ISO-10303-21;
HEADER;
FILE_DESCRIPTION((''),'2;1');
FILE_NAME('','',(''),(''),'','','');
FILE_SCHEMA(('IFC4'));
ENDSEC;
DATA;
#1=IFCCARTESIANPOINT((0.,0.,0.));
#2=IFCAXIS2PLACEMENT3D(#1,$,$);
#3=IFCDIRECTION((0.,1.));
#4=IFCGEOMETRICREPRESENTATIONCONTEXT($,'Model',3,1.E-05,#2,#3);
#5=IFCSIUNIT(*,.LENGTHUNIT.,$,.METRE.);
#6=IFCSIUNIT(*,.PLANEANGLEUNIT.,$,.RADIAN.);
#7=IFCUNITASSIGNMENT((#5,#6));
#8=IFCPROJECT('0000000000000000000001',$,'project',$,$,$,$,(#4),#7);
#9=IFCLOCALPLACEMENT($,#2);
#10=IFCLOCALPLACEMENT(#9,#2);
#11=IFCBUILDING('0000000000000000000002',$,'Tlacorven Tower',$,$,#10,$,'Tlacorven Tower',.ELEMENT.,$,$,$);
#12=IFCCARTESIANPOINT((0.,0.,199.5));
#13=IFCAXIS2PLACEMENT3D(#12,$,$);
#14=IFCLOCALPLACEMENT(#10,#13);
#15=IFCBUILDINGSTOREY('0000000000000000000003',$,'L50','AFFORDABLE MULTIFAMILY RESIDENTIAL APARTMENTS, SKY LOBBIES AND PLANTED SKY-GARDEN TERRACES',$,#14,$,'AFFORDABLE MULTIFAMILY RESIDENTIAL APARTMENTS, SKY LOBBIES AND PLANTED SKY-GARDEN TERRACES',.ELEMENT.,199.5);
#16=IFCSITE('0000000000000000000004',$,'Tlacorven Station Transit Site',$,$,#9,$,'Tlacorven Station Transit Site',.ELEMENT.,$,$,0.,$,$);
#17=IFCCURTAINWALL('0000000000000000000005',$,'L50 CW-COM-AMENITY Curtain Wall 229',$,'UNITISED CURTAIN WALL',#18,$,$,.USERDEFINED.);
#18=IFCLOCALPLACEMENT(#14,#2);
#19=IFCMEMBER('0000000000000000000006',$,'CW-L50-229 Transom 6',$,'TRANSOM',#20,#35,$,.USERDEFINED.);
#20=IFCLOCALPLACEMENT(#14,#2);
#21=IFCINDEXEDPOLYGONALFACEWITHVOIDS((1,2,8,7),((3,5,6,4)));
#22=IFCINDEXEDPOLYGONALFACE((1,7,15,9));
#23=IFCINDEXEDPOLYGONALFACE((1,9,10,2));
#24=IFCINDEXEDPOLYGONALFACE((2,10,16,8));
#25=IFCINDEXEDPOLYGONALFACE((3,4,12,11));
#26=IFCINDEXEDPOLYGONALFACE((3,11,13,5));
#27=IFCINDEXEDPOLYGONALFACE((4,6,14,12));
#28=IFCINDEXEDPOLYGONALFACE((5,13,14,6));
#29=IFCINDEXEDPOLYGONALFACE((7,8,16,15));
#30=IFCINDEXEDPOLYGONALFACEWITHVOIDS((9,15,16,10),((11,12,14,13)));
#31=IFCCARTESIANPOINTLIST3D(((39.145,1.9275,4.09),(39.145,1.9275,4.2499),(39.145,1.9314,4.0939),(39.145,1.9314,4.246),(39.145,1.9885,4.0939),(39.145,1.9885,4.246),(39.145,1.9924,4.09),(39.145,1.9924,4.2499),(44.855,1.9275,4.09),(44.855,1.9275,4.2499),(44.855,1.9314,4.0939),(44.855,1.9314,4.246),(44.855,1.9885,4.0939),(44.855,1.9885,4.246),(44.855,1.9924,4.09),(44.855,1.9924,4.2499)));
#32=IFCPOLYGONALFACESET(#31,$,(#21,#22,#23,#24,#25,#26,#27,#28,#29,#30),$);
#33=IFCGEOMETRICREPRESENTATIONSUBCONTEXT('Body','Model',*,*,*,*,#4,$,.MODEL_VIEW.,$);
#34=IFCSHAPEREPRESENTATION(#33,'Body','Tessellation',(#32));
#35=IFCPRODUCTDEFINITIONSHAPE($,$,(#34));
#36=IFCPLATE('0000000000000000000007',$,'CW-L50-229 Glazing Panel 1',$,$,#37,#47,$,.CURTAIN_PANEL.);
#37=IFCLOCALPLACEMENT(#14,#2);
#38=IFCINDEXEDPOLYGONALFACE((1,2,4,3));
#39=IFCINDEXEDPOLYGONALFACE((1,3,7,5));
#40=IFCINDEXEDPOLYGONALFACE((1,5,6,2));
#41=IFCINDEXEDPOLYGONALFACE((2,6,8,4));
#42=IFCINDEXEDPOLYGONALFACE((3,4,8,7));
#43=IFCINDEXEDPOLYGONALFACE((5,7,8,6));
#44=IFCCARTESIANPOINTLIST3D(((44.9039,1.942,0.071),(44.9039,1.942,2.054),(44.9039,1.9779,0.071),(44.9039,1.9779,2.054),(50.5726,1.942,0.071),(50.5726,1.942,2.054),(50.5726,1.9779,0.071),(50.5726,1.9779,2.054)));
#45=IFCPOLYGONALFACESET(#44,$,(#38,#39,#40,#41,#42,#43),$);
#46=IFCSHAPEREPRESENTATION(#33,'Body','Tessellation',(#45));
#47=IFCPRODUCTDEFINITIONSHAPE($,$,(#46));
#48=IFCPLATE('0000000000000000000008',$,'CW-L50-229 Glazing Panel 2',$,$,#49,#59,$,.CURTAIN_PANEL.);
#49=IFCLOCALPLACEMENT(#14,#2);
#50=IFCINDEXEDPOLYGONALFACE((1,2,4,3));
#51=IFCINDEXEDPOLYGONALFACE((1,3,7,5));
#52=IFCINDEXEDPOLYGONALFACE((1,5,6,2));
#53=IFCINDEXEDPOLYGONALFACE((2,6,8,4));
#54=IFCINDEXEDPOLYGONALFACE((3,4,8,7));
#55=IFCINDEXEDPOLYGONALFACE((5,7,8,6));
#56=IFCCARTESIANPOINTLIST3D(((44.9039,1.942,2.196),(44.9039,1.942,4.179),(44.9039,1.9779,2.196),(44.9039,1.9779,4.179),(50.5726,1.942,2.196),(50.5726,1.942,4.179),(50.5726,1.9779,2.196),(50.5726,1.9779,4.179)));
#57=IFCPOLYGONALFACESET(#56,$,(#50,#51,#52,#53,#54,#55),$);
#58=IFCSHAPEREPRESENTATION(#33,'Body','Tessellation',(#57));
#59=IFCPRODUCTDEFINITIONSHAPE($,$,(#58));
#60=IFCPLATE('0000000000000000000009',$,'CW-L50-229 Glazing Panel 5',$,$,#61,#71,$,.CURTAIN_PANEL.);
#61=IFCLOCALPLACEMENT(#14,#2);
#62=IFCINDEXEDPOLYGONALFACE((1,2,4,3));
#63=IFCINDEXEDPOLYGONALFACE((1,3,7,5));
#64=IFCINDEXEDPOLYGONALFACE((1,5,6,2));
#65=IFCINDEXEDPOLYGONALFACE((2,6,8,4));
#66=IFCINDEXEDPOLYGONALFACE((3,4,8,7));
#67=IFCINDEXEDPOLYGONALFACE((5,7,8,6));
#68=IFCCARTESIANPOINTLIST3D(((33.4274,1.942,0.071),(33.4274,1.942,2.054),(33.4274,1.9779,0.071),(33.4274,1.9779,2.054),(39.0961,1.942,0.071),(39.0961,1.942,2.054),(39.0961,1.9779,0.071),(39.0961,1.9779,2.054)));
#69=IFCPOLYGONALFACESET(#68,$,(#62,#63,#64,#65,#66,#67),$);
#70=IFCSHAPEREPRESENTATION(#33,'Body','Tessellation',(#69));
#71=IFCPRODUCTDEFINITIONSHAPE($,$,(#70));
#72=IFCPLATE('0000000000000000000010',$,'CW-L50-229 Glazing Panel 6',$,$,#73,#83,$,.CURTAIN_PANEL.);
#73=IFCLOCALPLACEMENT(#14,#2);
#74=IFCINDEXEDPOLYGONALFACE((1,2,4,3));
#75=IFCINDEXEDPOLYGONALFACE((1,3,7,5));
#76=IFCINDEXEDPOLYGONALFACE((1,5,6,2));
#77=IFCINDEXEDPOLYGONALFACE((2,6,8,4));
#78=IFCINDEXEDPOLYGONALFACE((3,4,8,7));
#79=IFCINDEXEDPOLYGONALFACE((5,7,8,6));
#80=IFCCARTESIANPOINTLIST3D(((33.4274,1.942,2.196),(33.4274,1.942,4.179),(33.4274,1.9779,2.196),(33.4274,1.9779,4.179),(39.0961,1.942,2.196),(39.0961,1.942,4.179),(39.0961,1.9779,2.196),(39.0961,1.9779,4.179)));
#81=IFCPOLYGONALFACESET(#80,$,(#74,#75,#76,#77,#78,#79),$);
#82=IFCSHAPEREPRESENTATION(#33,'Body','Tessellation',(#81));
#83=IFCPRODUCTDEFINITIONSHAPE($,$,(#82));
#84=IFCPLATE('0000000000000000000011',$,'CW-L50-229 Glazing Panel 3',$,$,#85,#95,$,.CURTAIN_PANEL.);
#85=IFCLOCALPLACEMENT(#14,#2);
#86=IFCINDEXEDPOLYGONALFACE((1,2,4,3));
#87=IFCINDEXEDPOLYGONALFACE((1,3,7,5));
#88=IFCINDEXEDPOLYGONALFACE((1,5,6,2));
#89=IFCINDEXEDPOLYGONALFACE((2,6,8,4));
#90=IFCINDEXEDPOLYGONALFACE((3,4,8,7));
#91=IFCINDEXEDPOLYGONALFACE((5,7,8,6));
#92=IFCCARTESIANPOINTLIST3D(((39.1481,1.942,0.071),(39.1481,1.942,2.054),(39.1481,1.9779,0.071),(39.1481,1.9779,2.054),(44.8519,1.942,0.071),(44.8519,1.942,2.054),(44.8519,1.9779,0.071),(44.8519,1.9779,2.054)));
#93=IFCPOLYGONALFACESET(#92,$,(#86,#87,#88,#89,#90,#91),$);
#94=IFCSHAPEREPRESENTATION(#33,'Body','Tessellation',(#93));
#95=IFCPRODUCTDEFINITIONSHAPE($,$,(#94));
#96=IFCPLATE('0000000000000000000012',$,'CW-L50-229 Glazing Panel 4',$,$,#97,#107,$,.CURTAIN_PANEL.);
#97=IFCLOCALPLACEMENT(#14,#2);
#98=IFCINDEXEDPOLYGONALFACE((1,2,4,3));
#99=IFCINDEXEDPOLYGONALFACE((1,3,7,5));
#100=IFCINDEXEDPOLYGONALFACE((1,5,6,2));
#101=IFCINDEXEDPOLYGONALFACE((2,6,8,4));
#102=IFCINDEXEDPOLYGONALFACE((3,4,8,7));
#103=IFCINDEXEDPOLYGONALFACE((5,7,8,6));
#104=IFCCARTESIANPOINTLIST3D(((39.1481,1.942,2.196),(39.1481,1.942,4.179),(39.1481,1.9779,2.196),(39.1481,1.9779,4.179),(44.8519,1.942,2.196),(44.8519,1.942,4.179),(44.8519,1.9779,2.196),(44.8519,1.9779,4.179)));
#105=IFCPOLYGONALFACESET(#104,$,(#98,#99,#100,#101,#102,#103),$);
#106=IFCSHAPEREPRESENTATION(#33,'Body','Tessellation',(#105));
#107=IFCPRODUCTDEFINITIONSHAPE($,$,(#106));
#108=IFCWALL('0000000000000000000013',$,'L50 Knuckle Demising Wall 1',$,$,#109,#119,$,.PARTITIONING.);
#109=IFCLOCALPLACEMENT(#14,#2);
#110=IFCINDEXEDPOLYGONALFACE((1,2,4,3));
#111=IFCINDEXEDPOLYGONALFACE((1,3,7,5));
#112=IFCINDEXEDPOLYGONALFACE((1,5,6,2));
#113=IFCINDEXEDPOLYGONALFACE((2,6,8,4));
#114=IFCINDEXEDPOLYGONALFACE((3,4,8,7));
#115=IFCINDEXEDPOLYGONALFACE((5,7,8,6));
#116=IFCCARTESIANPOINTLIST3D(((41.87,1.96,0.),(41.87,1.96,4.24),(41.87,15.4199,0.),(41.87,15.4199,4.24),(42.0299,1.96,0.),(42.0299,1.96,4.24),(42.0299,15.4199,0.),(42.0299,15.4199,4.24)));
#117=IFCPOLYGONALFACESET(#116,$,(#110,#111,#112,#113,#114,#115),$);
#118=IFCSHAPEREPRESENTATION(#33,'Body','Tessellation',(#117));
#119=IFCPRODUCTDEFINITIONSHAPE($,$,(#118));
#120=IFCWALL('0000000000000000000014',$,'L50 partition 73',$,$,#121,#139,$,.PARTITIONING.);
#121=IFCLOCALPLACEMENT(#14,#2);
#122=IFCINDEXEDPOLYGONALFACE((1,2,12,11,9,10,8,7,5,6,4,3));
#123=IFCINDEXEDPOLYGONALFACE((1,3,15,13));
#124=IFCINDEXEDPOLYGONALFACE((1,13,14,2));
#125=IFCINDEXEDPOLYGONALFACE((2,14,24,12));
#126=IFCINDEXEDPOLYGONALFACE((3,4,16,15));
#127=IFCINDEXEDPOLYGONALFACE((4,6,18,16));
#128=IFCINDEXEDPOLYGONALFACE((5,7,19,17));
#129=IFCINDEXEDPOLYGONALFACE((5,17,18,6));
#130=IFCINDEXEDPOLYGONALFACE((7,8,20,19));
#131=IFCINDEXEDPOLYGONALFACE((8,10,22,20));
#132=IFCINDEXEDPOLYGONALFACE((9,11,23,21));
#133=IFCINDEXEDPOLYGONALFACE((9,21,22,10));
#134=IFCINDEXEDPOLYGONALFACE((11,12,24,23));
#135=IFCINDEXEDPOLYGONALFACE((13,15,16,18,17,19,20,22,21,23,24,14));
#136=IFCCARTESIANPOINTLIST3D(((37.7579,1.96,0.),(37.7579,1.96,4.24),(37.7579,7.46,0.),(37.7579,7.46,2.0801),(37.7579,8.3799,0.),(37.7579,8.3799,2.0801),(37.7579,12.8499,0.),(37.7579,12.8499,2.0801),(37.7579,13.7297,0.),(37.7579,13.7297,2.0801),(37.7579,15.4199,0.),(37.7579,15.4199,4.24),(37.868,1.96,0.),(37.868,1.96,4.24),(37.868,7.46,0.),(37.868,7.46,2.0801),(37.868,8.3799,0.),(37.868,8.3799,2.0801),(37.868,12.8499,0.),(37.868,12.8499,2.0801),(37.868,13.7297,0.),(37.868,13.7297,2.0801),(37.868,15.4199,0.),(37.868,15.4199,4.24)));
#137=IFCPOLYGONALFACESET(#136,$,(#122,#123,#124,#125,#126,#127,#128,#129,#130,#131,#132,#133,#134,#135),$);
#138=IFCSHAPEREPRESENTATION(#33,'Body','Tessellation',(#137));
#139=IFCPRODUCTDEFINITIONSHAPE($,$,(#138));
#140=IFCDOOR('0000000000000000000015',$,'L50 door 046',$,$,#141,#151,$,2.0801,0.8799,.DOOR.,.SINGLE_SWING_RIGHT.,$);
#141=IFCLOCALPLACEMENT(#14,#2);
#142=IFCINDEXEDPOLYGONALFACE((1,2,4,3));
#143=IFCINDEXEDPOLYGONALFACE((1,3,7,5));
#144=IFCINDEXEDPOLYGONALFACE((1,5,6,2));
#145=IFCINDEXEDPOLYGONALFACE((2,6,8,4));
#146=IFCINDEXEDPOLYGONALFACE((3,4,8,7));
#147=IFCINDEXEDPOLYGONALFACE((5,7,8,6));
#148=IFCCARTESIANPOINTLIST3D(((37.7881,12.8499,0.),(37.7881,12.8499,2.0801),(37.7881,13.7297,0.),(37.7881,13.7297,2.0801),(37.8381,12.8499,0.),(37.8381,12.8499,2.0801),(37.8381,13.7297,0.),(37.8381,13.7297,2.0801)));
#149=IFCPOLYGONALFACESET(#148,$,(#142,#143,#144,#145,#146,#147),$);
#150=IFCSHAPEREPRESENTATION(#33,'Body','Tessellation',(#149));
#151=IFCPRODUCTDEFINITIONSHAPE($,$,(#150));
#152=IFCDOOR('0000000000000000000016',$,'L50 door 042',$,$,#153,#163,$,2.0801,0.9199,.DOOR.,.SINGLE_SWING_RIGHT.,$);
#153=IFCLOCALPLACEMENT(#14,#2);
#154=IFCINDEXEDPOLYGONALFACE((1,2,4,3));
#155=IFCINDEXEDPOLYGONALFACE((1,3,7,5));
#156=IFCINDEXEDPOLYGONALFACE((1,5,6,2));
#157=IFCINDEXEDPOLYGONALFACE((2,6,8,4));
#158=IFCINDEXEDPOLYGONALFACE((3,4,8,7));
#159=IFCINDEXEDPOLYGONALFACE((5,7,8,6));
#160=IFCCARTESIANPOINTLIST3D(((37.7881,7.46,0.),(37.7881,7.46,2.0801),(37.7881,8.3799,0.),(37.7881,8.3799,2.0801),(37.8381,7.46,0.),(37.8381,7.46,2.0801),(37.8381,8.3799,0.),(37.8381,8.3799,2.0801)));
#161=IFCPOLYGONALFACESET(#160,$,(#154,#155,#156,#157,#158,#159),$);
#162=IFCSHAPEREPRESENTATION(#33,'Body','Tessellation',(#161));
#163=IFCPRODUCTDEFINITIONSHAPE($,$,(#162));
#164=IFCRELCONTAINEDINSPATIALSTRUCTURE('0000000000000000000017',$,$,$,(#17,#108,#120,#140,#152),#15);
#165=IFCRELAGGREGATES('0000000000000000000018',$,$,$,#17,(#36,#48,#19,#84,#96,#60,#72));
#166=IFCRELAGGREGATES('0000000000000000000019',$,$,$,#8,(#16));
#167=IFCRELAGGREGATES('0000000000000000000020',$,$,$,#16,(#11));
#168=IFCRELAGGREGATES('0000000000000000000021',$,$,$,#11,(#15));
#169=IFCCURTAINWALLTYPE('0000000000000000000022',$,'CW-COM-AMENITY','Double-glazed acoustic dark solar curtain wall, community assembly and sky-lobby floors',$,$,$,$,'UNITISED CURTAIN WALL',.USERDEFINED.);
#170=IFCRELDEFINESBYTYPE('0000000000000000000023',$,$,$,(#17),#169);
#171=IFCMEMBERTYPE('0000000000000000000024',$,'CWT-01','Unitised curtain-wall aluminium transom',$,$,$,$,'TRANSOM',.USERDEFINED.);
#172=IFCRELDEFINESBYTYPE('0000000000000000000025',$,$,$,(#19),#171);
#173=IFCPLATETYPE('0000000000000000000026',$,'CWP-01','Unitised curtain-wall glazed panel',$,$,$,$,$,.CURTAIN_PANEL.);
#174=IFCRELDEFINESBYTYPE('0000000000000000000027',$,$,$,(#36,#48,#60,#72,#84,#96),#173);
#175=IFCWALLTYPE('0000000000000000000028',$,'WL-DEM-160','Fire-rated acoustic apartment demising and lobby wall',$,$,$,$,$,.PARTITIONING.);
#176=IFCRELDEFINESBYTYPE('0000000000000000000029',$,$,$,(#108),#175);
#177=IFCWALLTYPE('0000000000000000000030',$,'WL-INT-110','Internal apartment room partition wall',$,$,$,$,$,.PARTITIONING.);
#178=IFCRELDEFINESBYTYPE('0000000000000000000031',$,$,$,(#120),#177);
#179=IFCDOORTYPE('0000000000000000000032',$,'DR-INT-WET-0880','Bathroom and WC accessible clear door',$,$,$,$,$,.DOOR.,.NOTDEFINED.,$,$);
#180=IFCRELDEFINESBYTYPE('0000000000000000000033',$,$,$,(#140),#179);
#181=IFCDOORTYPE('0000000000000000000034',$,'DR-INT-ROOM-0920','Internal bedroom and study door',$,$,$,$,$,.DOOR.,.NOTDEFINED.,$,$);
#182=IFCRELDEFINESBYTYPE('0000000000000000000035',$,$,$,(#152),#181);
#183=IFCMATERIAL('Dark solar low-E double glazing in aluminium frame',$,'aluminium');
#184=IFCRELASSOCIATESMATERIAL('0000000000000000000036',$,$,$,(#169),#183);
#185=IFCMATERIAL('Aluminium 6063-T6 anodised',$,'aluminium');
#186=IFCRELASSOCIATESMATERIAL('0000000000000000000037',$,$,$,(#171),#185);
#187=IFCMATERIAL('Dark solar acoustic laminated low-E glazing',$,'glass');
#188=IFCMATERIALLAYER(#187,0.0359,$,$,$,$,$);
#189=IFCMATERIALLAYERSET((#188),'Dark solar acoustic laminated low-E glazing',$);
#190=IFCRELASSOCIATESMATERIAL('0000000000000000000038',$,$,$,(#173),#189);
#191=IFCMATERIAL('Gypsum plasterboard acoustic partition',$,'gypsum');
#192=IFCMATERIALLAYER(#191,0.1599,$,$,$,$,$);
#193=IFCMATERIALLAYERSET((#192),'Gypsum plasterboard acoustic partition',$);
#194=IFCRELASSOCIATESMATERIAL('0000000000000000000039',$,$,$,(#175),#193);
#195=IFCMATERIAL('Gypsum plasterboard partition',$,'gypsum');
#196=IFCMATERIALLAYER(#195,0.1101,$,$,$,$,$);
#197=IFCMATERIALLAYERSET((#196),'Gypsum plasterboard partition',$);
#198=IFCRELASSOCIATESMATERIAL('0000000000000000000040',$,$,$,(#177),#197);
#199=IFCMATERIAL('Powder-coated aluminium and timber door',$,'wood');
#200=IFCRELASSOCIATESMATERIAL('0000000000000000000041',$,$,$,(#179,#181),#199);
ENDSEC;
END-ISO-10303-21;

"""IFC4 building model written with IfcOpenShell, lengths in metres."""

from ifc_helpers import new_model, si_unit, direction, frame, frame_2d, origin, origin_2d, place, context, subcontext, project, spatial, rectangle, hollow_rectangle, extrude, source, transform, mapped, material, layer, layer_set, material_profile, profile_set, type_object, element, fill, aggregate, save


model = new_model("IFC4")

# Units and contexts
model_context = context("Model", 3, precision=1e-05, world=origin(), true_north=direction((0.0, 1.0)))
body_context = subcontext(model_context, "Body", "Model", "MODEL_VIEW")
ifc_project = project(units=[si_unit("LENGTHUNIT", "METRE"), si_unit("PLANEANGLEUNIT", "RADIAN")], contexts=[model_context])

# Site, building, storey
site_placement = place(None, origin())
site = spatial("IfcSite", under=ifc_project, at=site_placement, Name="Tlacorven Station Transit Site", LongName="Tlacorven Station Transit Site", CompositionType="ELEMENT", RefElevation=0.0)
building_placement = place(site_placement, origin())
building = spatial("IfcBuilding", under=site, at=building_placement, Name="Tlacorven Tower", LongName="Tlacorven Tower", CompositionType="ELEMENT")
storey_placement = place(building_placement, frame((0.0, 0.0, 199.5)))
storey = spatial("IfcBuildingStorey", under=building, at=storey_placement, Name="L50", Description="AFFORDABLE MULTIFAMILY RESIDENTIAL APARTMENTS, SKY LOBBIES AND PLANTED SKY-GARDEN TERRACES", LongName="AFFORDABLE MULTIFAMILY RESIDENTIAL APARTMENTS, SKY LOBBIES AND PLANTED SKY-GARDEN TERRACES", CompositionType="ELEMENT", Elevation=199.5)

# Curtain wall, member, plates
ifc_material_1 = material(Name="Dark solar low-E double glazing in aluminium frame", Category="aluminium")
curtain_wall_type = type_object("IfcCurtainWallType", Name="CW-COM-AMENITY", Description="Double-glazed acoustic dark solar curtain wall, community assembly and sky-lobby floors", ElementType="UNITISED CURTAIN WALL", PredefinedType="USERDEFINED", material=ifc_material_1)
curtain_wall_placement = place(storey_placement, origin())
curtain_wall = element("IfcCurtainWall", 1, at=curtain_wall_placement, inside=storey, type_object=curtain_wall_type, Name="L50 CW-COM-AMENITY Curtain Wall 229", ObjectType="UNITISED CURTAIN WALL", PredefinedType="USERDEFINED")
ifc_material_2 = material(Name="Aluminium 6063-T6 anodised", Category="aluminium")
ifc_material_profile_1 = material_profile(ifc_material_2, hollow_rectangle(XDim=0.0649, YDim=0.1599, WallThickness=0.0039, at=origin_2d()), Name="ALU TRANSOM 65X160")
ifc_profile_set_1 = profile_set([ifc_material_profile_1], Name="Aluminium 6063-T6 anodised")
member_type_1 = type_object("IfcMemberType", Name="CWT-01", Description="Unitised curtain-wall aluminium transom", ElementType="TRANSOM", PredefinedType="USERDEFINED", material=ifc_profile_set_1)
shared_shape_1 = source(origin(), body_context, "Body", "SweptSolid", [
    extrude(hollow_rectangle(XDim=0.0649, YDim=0.1599, WallThickness=0.0039, at=origin_2d()), origin(), (0.0, 0.0, 1.0), 5.71),
])
member_1_placement = place(storey_placement, frame((44.855, 1.96, 4.1699), z_axis=(-1.0, 0.0, 0.0), x_axis=(0.0, -1.0, 0.0)))
member_1 = element("IfcMember", 2, at=member_1_placement, type_object=member_type_1, Name="CW-L50-229 Transom 6", ObjectType="TRANSOM", PredefinedType="USERDEFINED", context=body_context, shape_type="MappedRepresentation", body=[
    mapped(shared_shape_1, transform((0.0, 0.0, 0.0), scale=1.0)),
])
ifc_material_3 = material(Name="Dark solar acoustic laminated low-E glazing", Category="glass")
ifc_layer_1 = layer(ifc_material_3, 0.0359)
ifc_layer_set_1 = layer_set([ifc_layer_1], Name="Dark solar acoustic laminated low-E glazing")
plate_type = type_object("IfcPlateType", Name="CWP-01", Description="Unitised curtain-wall glazed panel", PredefinedType="CURTAIN_PANEL", material=ifc_layer_set_1)
shared_shape_2 = source(origin(), body_context, "Body", "SweptSolid", [
    extrude(rectangle(XDim=5.6687, YDim=0.0359, at=origin_2d()), origin(), (0.0, 0.0, 1.0), 1.9829),
])
plate_1_placement = place(storey_placement, frame((47.7383, 1.96, 0.071), z_axis=(0.0, 0.0, 1.0), x_axis=(-1.0, 0.0, 0.0)))
plate_1 = element("IfcPlate", 3, at=plate_1_placement, type_object=plate_type, Name="CW-L50-229 Glazing Panel 1", PredefinedType="CURTAIN_PANEL", context=body_context, shape_type="MappedRepresentation", body=[
    mapped(shared_shape_2, transform((0.0, 0.0, 0.0), scale=1.0)),
])
plate_2_placement = place(storey_placement, frame((47.7383, 1.96, 2.196), z_axis=(0.0, 0.0, 1.0), x_axis=(-1.0, 0.0, 0.0)))
plate_2 = element("IfcPlate", 4, at=plate_2_placement, type_object=plate_type, Name="CW-L50-229 Glazing Panel 2", PredefinedType="CURTAIN_PANEL", context=body_context, shape_type="MappedRepresentation", body=[
    mapped(shared_shape_2, transform((0.0, 0.0, 0.0), scale=1.0)),
])
plate_3_placement = place(storey_placement, frame((36.2617, 1.96, 0.071), z_axis=(0.0, 0.0, 1.0), x_axis=(-1.0, 0.0, 0.0)))
plate_3 = element("IfcPlate", 5, at=plate_3_placement, type_object=plate_type, Name="CW-L50-229 Glazing Panel 5", PredefinedType="CURTAIN_PANEL", context=body_context, shape_type="MappedRepresentation", body=[
    mapped(shared_shape_2, transform((0.0, 0.0, 0.0), scale=1.0)),
])
plate_4_placement = place(storey_placement, frame((36.2617, 1.96, 2.196), z_axis=(0.0, 0.0, 1.0), x_axis=(-1.0, 0.0, 0.0)))
plate_4 = element("IfcPlate", 6, at=plate_4_placement, type_object=plate_type, Name="CW-L50-229 Glazing Panel 6", PredefinedType="CURTAIN_PANEL", context=body_context, shape_type="MappedRepresentation", body=[
    mapped(shared_shape_2, transform((0.0, 0.0, 0.0), scale=1.0)),
])
shared_shape_3 = source(origin(), body_context, "Body", "SweptSolid", [
    extrude(rectangle(XDim=5.7039, YDim=0.0359, at=origin_2d()), origin(), (0.0, 0.0, 1.0), 1.9829),
])
plate_5_placement = place(storey_placement, frame((42.0, 1.96, 0.071), z_axis=(0.0, 0.0, 1.0), x_axis=(-1.0, 0.0, 0.0)))
plate_5 = element("IfcPlate", 7, at=plate_5_placement, type_object=plate_type, Name="CW-L50-229 Glazing Panel 3", PredefinedType="CURTAIN_PANEL", context=body_context, shape_type="MappedRepresentation", body=[
    mapped(shared_shape_3, transform((0.0, 0.0, 0.0), scale=1.0)),
])
plate_6_placement = place(storey_placement, frame((42.0, 1.96, 2.196), z_axis=(0.0, 0.0, 1.0), x_axis=(-1.0, 0.0, 0.0)))
plate_6 = element("IfcPlate", 8, at=plate_6_placement, type_object=plate_type, Name="CW-L50-229 Glazing Panel 4", PredefinedType="CURTAIN_PANEL", context=body_context, shape_type="MappedRepresentation", body=[
    mapped(shared_shape_3, transform((0.0, 0.0, 0.0), scale=1.0)),
])
aggregate(curtain_wall, [plate_1, plate_2, member_1, plate_5, plate_6, plate_3, plate_4])

# Wall
ifc_material_4 = material(Name="Gypsum plasterboard acoustic partition", Category="gypsum")
ifc_layer_2 = layer(ifc_material_4, 0.1599)
ifc_layer_set_2 = layer_set([ifc_layer_2], Name="Gypsum plasterboard acoustic partition")
wall_type_1 = type_object("IfcWallType", Name="WL-DEM-160", Description="Fire-rated acoustic apartment demising and lobby wall", PredefinedType="PARTITIONING", material=ifc_layer_set_2)
wall_1_placement = place(storey_placement, frame((41.95, 1.96, 0.0), z_axis=(0.0, 0.0, 1.0), x_axis=(0.0, 1.0, 0.0)))
element("IfcWall", 9, at=wall_1_placement, inside=storey, type_object=wall_type_1, Name="L50 Knuckle Demising Wall 1", PredefinedType="PARTITIONING", context=body_context, shape_type="SweptSolid", body=[
    extrude(rectangle(XDim=13.46, YDim=0.1599, at=frame_2d((6.73, 0.0))), origin(), (0.0, 0.0, 1.0), 4.24),
])

# Wall, openings, doors
ifc_material_5 = material(Name="Gypsum plasterboard partition", Category="gypsum")
ifc_layer_3 = layer(ifc_material_5, 0.1101)
ifc_layer_set_3 = layer_set([ifc_layer_3], Name="Gypsum plasterboard partition")
wall_type_2 = type_object("IfcWallType", Name="WL-INT-110", Description="Internal apartment room partition wall", PredefinedType="PARTITIONING", material=ifc_layer_set_3)
wall_2_placement = place(storey_placement, frame((37.813, 1.96, 0.0), z_axis=(0.0, 0.0, 1.0), x_axis=(0.0, 1.0, 0.0)))
wall_2 = element("IfcWall", 10, at=wall_2_placement, inside=storey, type_object=wall_type_2, Name="L50 partition 73", PredefinedType="PARTITIONING", context=body_context, shape_type="SweptSolid", body=[
    extrude(rectangle(XDim=13.46, YDim=0.1101, at=frame_2d((6.73, 0.0))), origin(), (0.0, 0.0, 1.0), 4.24),
])
opening_1_placement = place(wall_2_placement, frame((5.5, 0.0, 0.0)))
opening_1 = element("IfcOpeningElement", 11, at=opening_1_placement, cuts=wall_2, PredefinedType="OPENING", context=body_context, shape_type="SweptSolid", body=[
    extrude(rectangle(XDim=0.9199, YDim=2.0801, at=frame_2d((0.46, 1.04))), frame((0.0, 0.0649, 0.0), z_axis=(0.0, -1.0, 0.0), x_axis=(1.0, 0.0, 0.0)), (0.0, 0.0, 1.0), 0.1301),
])
opening_2_placement = place(wall_2_placement, frame((10.8899, 0.0, 0.0)))
opening_2 = element("IfcOpeningElement", 12, at=opening_2_placement, cuts=wall_2, PredefinedType="OPENING", context=body_context, shape_type="SweptSolid", body=[
    extrude(rectangle(XDim=0.8799, YDim=2.0801, at=frame_2d((0.4399, 1.04))), frame((0.0, 0.0649, 0.0), z_axis=(0.0, -1.0, 0.0), x_axis=(1.0, 0.0, 0.0)), (0.0, 0.0, 1.0), 0.1301),
])
ifc_material_6 = material(Name="Powder-coated aluminium and timber door", Category="wood")
door_type_1 = type_object("IfcDoorType", Name="DR-INT-WET-0880", Description="Bathroom and WC accessible clear door", OperationType="NOTDEFINED", PredefinedType="DOOR", material=ifc_material_6)
shared_shape_4 = source(origin(), body_context, "Body", "SweptSolid", [
    extrude(rectangle(XDim=0.8799, YDim=2.0801, at=frame_2d((0.4399, 1.04))), frame((0.0, 0.0249, 0.0), z_axis=(0.0, -1.0, 0.0), x_axis=(1.0, 0.0, 0.0)), (0.0, 0.0, 1.0), 0.05),
])
door_1_placement = place(opening_2_placement, origin())
door_1 = element("IfcDoor", 13, at=door_1_placement, inside=storey, type_object=door_type_1, Name="L50 door 046", OperationType="SINGLE_SWING_RIGHT", OverallHeight=2.0801, OverallWidth=0.8799, PredefinedType="DOOR", context=body_context, shape_type="MappedRepresentation", body=[
    mapped(shared_shape_4, transform((0.0, 0.0, 0.0), scale=1.0)),
])
fill(opening_2, door_1)
door_type_2 = type_object("IfcDoorType", Name="DR-INT-ROOM-0920", Description="Internal bedroom and study door", OperationType="NOTDEFINED", PredefinedType="DOOR", material=ifc_material_6)
shared_shape_5 = source(origin(), body_context, "Body", "SweptSolid", [
    extrude(rectangle(XDim=0.9199, YDim=2.0801, at=frame_2d((0.46, 1.04))), frame((0.0, 0.0249, 0.0), z_axis=(0.0, -1.0, 0.0), x_axis=(1.0, 0.0, 0.0)), (0.0, 0.0, 1.0), 0.05),
])
door_2_placement = place(opening_1_placement, origin())
door_2 = element("IfcDoor", 14, at=door_2_placement, inside=storey, type_object=door_type_2, Name="L50 door 042", OperationType="SINGLE_SWING_RIGHT", OverallHeight=2.0801, OverallWidth=0.9199, PredefinedType="DOOR", context=body_context, shape_type="MappedRepresentation", body=[
    mapped(shared_shape_5, transform((0.0, 0.0, 0.0), scale=1.0)),
])
fill(opening_1, door_2)

save(model, "model.ifc")
